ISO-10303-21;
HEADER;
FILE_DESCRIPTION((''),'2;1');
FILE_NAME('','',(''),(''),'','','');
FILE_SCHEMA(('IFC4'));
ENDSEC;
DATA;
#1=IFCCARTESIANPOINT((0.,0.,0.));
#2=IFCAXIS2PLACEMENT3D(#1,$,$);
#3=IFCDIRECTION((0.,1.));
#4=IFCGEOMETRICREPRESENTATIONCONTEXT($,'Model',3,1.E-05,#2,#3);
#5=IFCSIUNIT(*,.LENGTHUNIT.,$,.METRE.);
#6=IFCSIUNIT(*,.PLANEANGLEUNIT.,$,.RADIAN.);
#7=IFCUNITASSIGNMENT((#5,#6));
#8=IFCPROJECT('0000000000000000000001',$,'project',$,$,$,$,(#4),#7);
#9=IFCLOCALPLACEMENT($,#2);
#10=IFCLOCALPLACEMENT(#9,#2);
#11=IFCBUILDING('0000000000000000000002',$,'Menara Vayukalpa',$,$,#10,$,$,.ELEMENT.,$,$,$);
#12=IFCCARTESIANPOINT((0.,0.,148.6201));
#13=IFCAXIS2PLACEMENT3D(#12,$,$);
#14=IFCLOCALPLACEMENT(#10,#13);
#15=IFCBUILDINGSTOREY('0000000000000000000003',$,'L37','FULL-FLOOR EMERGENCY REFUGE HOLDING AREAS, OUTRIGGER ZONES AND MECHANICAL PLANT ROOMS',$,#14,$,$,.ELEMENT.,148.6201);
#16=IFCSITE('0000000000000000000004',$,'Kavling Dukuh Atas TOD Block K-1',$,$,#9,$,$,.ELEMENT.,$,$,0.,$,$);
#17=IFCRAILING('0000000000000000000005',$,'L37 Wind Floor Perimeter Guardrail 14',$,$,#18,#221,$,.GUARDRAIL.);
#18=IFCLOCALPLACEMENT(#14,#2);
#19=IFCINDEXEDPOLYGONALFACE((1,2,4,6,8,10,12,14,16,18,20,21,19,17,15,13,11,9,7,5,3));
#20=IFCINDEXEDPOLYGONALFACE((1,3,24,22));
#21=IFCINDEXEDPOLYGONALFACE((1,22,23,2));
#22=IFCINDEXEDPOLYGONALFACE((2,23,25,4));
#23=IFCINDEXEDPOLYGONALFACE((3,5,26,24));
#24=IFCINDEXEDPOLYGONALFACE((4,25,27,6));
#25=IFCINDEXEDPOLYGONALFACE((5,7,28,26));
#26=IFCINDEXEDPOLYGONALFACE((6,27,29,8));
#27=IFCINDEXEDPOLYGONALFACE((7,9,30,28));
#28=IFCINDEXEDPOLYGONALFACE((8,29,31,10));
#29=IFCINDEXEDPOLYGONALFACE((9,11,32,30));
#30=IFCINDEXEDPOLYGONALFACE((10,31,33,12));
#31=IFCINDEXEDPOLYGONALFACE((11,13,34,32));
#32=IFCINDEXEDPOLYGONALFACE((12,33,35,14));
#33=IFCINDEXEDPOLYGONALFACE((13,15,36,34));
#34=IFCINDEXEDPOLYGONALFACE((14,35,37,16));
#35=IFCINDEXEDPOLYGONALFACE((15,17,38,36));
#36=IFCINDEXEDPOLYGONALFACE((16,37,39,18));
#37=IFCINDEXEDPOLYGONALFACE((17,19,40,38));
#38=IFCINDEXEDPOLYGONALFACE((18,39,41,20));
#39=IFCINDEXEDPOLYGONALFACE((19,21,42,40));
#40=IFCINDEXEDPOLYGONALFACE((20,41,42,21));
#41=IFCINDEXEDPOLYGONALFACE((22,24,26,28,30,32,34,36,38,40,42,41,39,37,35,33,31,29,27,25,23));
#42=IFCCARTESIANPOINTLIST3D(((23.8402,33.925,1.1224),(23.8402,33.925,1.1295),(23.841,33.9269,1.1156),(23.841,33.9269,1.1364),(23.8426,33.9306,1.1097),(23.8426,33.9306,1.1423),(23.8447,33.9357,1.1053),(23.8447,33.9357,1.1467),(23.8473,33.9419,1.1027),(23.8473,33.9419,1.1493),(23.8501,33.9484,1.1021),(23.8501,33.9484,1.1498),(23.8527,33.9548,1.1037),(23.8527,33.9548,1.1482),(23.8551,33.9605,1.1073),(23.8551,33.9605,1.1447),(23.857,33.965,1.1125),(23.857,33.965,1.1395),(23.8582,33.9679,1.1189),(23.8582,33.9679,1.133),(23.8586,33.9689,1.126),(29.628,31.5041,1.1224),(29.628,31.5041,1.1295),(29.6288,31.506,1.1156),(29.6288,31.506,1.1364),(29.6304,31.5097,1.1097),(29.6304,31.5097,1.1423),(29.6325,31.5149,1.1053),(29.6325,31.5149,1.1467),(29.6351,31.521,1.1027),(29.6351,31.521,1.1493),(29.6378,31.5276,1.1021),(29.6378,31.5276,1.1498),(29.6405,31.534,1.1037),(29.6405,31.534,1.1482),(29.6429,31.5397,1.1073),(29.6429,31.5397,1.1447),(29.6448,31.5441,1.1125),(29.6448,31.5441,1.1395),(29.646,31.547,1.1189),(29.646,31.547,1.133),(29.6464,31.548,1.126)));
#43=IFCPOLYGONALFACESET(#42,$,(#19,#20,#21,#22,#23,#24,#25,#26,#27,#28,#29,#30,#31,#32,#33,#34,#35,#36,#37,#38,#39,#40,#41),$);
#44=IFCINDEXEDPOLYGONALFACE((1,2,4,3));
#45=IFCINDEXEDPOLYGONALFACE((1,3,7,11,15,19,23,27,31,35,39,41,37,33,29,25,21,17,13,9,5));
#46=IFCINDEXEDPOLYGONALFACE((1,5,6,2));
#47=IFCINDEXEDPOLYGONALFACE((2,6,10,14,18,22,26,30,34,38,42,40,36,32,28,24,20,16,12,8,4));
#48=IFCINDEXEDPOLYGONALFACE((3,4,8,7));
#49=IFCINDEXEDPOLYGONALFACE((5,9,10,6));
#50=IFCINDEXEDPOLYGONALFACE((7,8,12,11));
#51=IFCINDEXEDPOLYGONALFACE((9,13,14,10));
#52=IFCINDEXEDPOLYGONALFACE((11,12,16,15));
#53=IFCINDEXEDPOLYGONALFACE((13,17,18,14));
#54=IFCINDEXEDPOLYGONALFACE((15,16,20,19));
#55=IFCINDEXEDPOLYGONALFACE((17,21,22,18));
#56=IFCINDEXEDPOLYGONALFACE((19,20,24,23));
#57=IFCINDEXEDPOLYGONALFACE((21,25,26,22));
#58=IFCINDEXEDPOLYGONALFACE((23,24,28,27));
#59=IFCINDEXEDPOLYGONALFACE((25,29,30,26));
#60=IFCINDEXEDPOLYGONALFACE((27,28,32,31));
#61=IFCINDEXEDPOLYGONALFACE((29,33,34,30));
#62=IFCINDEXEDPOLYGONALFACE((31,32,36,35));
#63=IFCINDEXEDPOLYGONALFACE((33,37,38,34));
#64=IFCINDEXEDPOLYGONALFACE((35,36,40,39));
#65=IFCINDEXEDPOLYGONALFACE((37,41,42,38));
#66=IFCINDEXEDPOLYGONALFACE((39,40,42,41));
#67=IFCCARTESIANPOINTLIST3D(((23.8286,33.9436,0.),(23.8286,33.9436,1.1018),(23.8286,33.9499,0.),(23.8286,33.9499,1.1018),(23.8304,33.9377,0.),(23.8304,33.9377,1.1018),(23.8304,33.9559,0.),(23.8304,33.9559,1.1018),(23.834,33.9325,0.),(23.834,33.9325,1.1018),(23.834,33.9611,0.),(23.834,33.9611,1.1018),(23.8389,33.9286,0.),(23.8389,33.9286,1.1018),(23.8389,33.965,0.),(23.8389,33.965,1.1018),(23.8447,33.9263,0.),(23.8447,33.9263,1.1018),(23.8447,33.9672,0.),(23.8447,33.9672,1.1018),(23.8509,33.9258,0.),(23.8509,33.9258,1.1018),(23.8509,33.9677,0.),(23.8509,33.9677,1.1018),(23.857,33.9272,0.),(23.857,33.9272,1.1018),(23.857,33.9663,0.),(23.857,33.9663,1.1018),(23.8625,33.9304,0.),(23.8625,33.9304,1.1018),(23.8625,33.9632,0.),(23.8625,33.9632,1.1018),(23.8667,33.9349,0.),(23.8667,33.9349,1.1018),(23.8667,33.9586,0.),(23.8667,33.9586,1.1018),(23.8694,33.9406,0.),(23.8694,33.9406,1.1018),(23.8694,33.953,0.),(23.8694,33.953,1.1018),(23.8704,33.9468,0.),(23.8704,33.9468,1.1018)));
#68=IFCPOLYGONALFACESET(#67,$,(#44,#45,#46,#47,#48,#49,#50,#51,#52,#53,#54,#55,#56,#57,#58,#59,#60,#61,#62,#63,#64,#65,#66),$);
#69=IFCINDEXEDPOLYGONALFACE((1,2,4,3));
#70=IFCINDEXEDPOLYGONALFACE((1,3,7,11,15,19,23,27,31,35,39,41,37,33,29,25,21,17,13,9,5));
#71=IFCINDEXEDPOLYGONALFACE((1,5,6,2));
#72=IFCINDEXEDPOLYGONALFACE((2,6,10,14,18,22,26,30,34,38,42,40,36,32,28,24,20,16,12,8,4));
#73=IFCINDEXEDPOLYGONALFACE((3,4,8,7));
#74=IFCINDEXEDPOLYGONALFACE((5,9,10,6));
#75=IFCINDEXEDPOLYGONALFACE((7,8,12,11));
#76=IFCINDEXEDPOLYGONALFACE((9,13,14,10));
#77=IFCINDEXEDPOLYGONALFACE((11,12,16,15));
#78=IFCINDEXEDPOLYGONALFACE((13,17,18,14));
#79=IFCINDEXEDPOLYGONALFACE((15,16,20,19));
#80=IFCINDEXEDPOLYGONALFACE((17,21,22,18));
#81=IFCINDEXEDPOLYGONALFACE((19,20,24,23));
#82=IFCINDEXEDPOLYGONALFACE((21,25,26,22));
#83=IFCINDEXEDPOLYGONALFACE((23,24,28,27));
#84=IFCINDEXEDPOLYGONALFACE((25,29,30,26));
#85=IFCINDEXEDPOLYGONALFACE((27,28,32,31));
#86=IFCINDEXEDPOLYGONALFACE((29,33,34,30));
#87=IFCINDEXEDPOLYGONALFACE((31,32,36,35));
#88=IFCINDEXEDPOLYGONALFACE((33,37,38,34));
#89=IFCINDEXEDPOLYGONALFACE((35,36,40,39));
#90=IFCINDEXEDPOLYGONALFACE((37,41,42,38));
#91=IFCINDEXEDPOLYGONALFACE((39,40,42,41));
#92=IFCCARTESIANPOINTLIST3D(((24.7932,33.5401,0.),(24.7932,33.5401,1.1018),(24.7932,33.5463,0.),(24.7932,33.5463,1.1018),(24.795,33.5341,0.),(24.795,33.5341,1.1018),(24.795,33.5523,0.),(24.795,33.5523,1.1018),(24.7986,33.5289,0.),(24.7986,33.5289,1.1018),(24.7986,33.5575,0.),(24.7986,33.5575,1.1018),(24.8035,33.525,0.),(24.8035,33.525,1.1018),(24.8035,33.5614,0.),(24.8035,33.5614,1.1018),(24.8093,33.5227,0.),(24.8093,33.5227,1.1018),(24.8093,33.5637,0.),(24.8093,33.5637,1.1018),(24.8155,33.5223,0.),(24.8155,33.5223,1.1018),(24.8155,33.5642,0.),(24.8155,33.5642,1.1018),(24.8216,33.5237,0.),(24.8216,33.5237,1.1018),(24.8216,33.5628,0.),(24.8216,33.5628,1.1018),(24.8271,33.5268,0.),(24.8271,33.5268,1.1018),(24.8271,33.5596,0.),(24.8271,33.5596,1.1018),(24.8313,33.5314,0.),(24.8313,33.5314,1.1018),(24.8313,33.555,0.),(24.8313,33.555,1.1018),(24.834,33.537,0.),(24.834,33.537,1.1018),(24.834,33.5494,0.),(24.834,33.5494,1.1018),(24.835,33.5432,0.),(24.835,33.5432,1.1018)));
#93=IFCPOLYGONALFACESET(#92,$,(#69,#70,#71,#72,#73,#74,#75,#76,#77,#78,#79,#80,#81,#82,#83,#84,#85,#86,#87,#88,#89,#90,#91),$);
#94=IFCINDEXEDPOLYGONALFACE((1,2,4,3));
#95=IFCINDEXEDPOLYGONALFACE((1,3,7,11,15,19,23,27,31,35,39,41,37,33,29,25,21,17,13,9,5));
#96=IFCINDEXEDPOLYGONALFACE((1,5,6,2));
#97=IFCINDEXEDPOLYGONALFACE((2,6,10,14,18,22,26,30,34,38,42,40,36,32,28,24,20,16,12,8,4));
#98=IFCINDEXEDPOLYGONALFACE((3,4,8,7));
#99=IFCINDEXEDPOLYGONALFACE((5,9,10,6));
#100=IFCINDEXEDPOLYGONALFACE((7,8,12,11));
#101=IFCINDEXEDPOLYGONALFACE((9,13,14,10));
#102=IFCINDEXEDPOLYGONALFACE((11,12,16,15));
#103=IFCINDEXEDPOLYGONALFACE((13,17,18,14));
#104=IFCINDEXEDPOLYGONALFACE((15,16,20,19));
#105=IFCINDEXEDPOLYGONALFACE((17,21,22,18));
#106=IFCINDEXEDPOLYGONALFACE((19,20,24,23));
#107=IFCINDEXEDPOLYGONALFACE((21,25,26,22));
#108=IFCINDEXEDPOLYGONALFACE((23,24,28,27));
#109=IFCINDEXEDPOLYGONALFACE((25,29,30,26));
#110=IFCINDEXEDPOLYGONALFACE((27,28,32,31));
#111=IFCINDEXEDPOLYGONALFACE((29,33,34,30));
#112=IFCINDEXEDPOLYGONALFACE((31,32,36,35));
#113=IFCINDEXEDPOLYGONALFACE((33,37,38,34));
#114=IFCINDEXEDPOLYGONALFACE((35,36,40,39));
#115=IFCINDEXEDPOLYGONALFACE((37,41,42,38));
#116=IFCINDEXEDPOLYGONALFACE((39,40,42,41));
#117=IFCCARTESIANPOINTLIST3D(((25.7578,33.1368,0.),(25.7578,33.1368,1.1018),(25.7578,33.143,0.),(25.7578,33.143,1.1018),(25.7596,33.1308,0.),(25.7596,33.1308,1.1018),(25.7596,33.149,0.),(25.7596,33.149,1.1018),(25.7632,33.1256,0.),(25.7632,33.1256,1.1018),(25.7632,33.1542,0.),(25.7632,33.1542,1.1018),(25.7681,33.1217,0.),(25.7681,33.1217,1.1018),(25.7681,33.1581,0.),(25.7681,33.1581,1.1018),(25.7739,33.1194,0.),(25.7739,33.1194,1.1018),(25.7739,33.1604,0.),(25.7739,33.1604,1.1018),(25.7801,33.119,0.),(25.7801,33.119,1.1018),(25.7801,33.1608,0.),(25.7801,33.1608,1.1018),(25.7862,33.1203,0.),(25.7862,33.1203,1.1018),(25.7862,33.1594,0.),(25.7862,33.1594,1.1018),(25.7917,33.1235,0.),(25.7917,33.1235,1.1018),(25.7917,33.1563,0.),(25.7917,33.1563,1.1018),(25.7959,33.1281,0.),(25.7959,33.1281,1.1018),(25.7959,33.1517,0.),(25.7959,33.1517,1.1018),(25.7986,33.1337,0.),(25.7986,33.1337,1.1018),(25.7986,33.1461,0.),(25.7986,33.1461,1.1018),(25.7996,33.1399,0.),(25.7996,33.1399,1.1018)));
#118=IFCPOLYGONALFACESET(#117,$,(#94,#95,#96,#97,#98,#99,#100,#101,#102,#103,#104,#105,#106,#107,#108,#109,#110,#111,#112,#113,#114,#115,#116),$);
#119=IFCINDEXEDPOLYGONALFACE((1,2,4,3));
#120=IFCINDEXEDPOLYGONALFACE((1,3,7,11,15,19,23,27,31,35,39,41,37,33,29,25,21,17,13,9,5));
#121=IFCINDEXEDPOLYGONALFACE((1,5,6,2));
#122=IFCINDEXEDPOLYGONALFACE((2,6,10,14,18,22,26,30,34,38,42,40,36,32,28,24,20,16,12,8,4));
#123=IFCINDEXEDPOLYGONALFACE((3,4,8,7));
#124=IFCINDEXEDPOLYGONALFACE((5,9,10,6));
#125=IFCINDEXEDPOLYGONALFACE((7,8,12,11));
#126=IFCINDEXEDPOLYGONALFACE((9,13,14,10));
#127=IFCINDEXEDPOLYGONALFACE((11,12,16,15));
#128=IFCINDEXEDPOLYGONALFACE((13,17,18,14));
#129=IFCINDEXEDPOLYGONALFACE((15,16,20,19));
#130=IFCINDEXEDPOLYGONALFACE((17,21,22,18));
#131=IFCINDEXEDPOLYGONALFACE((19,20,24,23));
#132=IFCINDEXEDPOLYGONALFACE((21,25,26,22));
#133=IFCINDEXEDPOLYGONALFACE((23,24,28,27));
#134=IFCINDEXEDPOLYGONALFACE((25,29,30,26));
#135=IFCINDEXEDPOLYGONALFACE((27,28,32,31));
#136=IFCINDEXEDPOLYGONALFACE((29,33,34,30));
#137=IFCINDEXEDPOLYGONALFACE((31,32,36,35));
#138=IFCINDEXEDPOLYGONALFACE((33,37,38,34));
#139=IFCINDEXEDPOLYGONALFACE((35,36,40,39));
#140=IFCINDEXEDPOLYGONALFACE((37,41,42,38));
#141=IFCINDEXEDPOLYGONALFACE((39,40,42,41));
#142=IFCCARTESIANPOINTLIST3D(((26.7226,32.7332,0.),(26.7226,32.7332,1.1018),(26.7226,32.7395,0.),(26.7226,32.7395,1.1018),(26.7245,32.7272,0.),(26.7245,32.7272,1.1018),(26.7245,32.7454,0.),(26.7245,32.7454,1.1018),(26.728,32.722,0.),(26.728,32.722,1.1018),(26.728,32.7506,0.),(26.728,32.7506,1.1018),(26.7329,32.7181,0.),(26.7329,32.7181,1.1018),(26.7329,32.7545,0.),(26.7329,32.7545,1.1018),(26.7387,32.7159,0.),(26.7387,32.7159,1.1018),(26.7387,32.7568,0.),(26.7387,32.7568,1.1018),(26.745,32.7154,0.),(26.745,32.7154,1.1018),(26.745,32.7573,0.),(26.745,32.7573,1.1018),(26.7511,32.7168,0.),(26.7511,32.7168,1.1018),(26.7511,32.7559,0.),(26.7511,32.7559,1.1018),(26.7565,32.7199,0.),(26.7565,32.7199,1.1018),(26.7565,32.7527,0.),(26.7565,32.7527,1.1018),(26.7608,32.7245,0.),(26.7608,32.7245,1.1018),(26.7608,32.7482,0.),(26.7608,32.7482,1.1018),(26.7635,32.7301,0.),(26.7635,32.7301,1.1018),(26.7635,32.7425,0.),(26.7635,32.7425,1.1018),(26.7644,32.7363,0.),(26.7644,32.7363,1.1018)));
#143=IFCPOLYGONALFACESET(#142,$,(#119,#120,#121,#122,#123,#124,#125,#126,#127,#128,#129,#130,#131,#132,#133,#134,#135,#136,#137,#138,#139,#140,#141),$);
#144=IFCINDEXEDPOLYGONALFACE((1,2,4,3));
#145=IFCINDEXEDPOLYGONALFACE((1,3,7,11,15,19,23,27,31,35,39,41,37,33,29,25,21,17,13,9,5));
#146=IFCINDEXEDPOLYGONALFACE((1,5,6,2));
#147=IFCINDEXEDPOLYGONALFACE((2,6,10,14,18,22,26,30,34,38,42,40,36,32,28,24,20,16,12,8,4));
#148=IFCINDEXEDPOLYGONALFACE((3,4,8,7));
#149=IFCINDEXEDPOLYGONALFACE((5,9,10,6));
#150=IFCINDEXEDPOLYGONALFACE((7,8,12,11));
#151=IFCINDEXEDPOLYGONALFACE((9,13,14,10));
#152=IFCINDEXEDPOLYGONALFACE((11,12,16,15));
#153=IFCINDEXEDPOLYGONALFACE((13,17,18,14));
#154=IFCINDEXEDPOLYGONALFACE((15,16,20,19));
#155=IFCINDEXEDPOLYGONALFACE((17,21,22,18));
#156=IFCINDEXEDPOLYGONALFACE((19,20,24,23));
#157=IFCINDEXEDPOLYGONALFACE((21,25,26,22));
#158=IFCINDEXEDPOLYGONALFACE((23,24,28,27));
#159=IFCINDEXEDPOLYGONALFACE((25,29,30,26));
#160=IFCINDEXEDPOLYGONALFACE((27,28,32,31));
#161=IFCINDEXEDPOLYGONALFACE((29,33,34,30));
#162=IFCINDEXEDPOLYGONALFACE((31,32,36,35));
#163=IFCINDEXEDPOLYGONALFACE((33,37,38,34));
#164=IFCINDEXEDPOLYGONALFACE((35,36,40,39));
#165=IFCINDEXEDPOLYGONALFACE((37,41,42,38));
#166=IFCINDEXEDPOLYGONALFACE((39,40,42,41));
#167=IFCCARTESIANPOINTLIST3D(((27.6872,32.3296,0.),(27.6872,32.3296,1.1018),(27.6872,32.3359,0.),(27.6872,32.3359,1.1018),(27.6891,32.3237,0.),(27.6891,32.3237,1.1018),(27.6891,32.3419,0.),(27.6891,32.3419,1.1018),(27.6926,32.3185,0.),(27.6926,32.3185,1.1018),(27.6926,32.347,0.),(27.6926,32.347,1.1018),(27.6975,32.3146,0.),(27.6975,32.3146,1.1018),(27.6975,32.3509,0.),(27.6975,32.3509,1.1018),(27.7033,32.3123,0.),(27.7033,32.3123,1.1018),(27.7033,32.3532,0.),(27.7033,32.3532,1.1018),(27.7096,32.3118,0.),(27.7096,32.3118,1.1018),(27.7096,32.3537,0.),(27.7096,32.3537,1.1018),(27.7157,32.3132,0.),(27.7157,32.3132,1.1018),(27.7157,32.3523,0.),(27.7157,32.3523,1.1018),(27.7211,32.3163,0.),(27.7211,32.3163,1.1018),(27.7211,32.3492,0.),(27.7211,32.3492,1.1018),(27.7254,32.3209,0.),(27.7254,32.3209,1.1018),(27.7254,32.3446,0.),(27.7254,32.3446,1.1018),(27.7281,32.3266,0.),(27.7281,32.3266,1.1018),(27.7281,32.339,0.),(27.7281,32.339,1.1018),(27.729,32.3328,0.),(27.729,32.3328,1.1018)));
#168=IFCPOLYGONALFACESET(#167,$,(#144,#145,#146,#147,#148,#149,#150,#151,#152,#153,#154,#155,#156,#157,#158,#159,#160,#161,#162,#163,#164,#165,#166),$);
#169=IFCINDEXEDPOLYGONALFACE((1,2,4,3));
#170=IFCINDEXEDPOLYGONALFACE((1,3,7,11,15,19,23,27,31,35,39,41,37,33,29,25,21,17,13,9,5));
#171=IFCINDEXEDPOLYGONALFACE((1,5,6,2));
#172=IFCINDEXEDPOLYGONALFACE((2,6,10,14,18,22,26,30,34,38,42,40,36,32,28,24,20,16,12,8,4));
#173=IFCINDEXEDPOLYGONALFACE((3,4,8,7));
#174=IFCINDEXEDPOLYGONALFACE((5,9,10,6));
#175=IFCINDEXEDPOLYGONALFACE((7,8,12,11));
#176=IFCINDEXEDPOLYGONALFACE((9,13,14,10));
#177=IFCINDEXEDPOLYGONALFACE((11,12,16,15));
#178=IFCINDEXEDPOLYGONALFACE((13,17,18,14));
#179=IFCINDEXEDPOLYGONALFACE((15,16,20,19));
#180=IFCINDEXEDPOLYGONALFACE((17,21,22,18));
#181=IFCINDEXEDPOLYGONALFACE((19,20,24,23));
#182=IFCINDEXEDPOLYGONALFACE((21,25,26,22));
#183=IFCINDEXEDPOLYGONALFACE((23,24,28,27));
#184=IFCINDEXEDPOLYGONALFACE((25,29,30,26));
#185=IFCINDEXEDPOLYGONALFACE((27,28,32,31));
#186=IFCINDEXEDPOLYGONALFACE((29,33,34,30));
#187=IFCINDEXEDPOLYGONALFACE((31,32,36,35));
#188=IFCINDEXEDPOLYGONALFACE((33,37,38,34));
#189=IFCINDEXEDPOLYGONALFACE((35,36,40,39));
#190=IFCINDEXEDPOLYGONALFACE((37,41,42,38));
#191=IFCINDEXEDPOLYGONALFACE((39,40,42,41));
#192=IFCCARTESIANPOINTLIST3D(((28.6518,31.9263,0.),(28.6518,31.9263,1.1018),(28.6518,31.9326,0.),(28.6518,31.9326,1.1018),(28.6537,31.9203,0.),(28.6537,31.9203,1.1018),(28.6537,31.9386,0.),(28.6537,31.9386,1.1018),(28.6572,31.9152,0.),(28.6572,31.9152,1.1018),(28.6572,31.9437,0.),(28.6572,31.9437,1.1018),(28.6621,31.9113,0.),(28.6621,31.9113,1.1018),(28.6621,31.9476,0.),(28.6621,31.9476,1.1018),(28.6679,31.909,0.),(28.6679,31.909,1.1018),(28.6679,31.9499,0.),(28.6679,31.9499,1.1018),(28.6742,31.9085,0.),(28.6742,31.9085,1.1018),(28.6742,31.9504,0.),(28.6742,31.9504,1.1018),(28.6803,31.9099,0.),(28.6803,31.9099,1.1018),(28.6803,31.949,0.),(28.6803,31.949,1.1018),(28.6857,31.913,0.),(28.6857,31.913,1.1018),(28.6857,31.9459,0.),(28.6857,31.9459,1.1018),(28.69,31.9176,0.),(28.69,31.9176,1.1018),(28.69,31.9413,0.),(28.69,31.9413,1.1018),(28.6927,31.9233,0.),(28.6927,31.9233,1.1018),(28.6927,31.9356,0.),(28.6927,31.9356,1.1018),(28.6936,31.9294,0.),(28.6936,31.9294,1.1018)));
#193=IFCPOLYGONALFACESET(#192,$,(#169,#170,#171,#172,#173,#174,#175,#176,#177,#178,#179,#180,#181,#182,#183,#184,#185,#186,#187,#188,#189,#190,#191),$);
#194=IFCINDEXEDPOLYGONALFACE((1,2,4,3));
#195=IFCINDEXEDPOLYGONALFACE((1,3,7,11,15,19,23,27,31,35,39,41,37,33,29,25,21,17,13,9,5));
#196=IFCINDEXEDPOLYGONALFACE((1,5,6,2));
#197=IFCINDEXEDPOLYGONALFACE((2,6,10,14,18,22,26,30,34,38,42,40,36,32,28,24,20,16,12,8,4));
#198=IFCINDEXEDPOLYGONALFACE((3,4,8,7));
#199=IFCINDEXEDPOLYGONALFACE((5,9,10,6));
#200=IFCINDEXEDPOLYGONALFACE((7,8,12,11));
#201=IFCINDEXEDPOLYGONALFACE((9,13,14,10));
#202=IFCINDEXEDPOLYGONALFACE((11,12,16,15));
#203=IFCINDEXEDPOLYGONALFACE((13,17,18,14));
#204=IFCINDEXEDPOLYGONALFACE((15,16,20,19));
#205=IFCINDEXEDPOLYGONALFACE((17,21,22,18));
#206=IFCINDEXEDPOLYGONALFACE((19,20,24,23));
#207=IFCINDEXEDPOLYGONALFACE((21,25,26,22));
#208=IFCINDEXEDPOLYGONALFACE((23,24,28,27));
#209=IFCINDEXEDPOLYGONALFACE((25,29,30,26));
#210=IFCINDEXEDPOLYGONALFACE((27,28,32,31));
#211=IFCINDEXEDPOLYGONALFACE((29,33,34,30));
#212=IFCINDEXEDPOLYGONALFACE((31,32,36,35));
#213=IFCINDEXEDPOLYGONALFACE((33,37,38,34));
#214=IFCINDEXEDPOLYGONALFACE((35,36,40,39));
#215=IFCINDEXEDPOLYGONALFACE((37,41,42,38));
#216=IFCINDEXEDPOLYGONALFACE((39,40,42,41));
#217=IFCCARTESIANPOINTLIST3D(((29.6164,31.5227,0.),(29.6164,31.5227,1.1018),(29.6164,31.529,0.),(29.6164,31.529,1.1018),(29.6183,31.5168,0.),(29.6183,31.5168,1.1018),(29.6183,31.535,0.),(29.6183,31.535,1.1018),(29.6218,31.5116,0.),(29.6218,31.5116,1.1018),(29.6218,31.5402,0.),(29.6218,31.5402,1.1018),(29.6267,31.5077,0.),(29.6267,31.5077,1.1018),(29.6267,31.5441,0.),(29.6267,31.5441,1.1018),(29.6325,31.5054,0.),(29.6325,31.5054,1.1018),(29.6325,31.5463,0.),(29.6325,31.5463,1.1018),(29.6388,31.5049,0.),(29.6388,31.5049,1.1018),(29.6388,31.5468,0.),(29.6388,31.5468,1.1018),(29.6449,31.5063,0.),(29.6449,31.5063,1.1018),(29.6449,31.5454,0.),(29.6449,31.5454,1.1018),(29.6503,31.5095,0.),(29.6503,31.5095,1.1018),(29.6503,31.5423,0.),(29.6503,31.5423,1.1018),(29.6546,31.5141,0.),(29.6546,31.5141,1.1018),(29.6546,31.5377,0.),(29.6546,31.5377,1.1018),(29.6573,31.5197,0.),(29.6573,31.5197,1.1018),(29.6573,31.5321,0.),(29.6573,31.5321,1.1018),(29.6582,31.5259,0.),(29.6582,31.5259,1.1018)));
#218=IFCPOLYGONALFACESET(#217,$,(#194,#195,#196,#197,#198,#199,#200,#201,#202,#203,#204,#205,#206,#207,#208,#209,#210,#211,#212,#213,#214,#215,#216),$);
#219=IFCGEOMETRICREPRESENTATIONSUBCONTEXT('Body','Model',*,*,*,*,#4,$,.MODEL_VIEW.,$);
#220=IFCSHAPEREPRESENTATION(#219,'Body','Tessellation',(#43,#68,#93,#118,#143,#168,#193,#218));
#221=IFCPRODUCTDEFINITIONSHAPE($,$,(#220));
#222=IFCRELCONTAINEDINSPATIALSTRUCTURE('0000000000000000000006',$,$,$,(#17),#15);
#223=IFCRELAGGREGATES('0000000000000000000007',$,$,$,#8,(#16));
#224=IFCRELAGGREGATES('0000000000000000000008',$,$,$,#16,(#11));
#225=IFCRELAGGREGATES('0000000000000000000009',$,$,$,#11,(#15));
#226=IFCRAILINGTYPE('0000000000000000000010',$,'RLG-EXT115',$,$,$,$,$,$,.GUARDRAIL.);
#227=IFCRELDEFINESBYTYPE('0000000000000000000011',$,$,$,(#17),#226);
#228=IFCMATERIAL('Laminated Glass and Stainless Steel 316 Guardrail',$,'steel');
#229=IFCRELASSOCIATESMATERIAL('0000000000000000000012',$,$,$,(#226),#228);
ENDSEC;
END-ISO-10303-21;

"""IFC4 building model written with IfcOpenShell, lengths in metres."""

from ifc_helpers import new_model, si_unit, direction, frame, origin, origin_2d, place, context, subcontext, project, spatial, circle, extrude, material, type_object, element, save


model = new_model("IFC4")

# Units and contexts
model_context = context("Model", 3, precision=1e-05, world=origin(), true_north=direction((0.0, 1.0)))
body_context = subcontext(model_context, "Body", "Model", "MODEL_VIEW")
ifc_project = project(units=[si_unit("LENGTHUNIT", "METRE"), si_unit("PLANEANGLEUNIT", "RADIAN")], contexts=[model_context])

# Site, building, storey
site_placement = place(None, origin())
site = spatial("IfcSite", under=ifc_project, at=site_placement, Name="Kavling Dukuh Atas TOD Block K-1", CompositionType="ELEMENT", RefElevation=0.0)
building_placement = place(site_placement, origin())
building = spatial("IfcBuilding", under=site, at=building_placement, Name="Menara Vayukalpa", CompositionType="ELEMENT")
storey_placement = place(building_placement, frame((0.0, 0.0, 148.6201)))
storey = spatial("IfcBuildingStorey", under=building, at=storey_placement, Name="L37", Description="FULL-FLOOR EMERGENCY REFUGE HOLDING AREAS, OUTRIGGER ZONES AND MECHANICAL PLANT ROOMS", CompositionType="ELEMENT", Elevation=148.6201)

# Railing
ifc_material_1 = material(Name="Laminated Glass and Stainless Steel 316 Guardrail", Category="steel")
railing_type_1 = type_object("IfcRailingType", Name="RLG-EXT115", PredefinedType="GUARDRAIL", material=ifc_material_1)
railing_1_placement = place(storey_placement, frame((23.8494, 33.9468, 0.0)))
element("IfcRailing", 1, at=railing_1_placement, inside=storey, type_object=railing_type_1, Name="L37 Wind Floor Perimeter Guardrail 14", PredefinedType="GUARDRAIL", context=body_context, shape_type="SweptSolid", body=[
    extrude(circle(Radius=0.0239, at=origin_2d()), frame((0.0, 0.0, 1.126), z_axis=(0.92255, -0.385878, 0.0), x_axis=(0.385878, 0.92255, 0.0)), (0.0, 0.0, 1.0), 6.2737),
    extrude(circle(Radius=0.021, at=origin_2d()), origin(), (0.0, 0.0, 1.0), 1.1018),
    extrude(circle(Radius=0.021, at=origin_2d()), frame((0.9646, -0.4036, 0.0)), (0.0, 0.0, 1.0), 1.1018),
    extrude(circle(Radius=0.021, at=origin_2d()), frame((1.9292, -0.8069, 0.0)), (0.0, 0.0, 1.0), 1.1018),
    extrude(circle(Radius=0.021, at=origin_2d()), frame((2.894, -1.2104, 0.0)), (0.0, 0.0, 1.0), 1.1018),
    extrude(circle(Radius=0.021, at=origin_2d()), frame((3.8586, -1.614, 0.0)), (0.0, 0.0, 1.0), 1.1018),
    extrude(circle(Radius=0.021, at=origin_2d()), frame((4.8232, -2.0173, 0.0)), (0.0, 0.0, 1.0), 1.1018),
    extrude(circle(Radius=0.021, at=origin_2d()), frame((5.7878, -2.4209, 0.0)), (0.0, 0.0, 1.0), 1.1018),
])

save(model, "model.ifc")
